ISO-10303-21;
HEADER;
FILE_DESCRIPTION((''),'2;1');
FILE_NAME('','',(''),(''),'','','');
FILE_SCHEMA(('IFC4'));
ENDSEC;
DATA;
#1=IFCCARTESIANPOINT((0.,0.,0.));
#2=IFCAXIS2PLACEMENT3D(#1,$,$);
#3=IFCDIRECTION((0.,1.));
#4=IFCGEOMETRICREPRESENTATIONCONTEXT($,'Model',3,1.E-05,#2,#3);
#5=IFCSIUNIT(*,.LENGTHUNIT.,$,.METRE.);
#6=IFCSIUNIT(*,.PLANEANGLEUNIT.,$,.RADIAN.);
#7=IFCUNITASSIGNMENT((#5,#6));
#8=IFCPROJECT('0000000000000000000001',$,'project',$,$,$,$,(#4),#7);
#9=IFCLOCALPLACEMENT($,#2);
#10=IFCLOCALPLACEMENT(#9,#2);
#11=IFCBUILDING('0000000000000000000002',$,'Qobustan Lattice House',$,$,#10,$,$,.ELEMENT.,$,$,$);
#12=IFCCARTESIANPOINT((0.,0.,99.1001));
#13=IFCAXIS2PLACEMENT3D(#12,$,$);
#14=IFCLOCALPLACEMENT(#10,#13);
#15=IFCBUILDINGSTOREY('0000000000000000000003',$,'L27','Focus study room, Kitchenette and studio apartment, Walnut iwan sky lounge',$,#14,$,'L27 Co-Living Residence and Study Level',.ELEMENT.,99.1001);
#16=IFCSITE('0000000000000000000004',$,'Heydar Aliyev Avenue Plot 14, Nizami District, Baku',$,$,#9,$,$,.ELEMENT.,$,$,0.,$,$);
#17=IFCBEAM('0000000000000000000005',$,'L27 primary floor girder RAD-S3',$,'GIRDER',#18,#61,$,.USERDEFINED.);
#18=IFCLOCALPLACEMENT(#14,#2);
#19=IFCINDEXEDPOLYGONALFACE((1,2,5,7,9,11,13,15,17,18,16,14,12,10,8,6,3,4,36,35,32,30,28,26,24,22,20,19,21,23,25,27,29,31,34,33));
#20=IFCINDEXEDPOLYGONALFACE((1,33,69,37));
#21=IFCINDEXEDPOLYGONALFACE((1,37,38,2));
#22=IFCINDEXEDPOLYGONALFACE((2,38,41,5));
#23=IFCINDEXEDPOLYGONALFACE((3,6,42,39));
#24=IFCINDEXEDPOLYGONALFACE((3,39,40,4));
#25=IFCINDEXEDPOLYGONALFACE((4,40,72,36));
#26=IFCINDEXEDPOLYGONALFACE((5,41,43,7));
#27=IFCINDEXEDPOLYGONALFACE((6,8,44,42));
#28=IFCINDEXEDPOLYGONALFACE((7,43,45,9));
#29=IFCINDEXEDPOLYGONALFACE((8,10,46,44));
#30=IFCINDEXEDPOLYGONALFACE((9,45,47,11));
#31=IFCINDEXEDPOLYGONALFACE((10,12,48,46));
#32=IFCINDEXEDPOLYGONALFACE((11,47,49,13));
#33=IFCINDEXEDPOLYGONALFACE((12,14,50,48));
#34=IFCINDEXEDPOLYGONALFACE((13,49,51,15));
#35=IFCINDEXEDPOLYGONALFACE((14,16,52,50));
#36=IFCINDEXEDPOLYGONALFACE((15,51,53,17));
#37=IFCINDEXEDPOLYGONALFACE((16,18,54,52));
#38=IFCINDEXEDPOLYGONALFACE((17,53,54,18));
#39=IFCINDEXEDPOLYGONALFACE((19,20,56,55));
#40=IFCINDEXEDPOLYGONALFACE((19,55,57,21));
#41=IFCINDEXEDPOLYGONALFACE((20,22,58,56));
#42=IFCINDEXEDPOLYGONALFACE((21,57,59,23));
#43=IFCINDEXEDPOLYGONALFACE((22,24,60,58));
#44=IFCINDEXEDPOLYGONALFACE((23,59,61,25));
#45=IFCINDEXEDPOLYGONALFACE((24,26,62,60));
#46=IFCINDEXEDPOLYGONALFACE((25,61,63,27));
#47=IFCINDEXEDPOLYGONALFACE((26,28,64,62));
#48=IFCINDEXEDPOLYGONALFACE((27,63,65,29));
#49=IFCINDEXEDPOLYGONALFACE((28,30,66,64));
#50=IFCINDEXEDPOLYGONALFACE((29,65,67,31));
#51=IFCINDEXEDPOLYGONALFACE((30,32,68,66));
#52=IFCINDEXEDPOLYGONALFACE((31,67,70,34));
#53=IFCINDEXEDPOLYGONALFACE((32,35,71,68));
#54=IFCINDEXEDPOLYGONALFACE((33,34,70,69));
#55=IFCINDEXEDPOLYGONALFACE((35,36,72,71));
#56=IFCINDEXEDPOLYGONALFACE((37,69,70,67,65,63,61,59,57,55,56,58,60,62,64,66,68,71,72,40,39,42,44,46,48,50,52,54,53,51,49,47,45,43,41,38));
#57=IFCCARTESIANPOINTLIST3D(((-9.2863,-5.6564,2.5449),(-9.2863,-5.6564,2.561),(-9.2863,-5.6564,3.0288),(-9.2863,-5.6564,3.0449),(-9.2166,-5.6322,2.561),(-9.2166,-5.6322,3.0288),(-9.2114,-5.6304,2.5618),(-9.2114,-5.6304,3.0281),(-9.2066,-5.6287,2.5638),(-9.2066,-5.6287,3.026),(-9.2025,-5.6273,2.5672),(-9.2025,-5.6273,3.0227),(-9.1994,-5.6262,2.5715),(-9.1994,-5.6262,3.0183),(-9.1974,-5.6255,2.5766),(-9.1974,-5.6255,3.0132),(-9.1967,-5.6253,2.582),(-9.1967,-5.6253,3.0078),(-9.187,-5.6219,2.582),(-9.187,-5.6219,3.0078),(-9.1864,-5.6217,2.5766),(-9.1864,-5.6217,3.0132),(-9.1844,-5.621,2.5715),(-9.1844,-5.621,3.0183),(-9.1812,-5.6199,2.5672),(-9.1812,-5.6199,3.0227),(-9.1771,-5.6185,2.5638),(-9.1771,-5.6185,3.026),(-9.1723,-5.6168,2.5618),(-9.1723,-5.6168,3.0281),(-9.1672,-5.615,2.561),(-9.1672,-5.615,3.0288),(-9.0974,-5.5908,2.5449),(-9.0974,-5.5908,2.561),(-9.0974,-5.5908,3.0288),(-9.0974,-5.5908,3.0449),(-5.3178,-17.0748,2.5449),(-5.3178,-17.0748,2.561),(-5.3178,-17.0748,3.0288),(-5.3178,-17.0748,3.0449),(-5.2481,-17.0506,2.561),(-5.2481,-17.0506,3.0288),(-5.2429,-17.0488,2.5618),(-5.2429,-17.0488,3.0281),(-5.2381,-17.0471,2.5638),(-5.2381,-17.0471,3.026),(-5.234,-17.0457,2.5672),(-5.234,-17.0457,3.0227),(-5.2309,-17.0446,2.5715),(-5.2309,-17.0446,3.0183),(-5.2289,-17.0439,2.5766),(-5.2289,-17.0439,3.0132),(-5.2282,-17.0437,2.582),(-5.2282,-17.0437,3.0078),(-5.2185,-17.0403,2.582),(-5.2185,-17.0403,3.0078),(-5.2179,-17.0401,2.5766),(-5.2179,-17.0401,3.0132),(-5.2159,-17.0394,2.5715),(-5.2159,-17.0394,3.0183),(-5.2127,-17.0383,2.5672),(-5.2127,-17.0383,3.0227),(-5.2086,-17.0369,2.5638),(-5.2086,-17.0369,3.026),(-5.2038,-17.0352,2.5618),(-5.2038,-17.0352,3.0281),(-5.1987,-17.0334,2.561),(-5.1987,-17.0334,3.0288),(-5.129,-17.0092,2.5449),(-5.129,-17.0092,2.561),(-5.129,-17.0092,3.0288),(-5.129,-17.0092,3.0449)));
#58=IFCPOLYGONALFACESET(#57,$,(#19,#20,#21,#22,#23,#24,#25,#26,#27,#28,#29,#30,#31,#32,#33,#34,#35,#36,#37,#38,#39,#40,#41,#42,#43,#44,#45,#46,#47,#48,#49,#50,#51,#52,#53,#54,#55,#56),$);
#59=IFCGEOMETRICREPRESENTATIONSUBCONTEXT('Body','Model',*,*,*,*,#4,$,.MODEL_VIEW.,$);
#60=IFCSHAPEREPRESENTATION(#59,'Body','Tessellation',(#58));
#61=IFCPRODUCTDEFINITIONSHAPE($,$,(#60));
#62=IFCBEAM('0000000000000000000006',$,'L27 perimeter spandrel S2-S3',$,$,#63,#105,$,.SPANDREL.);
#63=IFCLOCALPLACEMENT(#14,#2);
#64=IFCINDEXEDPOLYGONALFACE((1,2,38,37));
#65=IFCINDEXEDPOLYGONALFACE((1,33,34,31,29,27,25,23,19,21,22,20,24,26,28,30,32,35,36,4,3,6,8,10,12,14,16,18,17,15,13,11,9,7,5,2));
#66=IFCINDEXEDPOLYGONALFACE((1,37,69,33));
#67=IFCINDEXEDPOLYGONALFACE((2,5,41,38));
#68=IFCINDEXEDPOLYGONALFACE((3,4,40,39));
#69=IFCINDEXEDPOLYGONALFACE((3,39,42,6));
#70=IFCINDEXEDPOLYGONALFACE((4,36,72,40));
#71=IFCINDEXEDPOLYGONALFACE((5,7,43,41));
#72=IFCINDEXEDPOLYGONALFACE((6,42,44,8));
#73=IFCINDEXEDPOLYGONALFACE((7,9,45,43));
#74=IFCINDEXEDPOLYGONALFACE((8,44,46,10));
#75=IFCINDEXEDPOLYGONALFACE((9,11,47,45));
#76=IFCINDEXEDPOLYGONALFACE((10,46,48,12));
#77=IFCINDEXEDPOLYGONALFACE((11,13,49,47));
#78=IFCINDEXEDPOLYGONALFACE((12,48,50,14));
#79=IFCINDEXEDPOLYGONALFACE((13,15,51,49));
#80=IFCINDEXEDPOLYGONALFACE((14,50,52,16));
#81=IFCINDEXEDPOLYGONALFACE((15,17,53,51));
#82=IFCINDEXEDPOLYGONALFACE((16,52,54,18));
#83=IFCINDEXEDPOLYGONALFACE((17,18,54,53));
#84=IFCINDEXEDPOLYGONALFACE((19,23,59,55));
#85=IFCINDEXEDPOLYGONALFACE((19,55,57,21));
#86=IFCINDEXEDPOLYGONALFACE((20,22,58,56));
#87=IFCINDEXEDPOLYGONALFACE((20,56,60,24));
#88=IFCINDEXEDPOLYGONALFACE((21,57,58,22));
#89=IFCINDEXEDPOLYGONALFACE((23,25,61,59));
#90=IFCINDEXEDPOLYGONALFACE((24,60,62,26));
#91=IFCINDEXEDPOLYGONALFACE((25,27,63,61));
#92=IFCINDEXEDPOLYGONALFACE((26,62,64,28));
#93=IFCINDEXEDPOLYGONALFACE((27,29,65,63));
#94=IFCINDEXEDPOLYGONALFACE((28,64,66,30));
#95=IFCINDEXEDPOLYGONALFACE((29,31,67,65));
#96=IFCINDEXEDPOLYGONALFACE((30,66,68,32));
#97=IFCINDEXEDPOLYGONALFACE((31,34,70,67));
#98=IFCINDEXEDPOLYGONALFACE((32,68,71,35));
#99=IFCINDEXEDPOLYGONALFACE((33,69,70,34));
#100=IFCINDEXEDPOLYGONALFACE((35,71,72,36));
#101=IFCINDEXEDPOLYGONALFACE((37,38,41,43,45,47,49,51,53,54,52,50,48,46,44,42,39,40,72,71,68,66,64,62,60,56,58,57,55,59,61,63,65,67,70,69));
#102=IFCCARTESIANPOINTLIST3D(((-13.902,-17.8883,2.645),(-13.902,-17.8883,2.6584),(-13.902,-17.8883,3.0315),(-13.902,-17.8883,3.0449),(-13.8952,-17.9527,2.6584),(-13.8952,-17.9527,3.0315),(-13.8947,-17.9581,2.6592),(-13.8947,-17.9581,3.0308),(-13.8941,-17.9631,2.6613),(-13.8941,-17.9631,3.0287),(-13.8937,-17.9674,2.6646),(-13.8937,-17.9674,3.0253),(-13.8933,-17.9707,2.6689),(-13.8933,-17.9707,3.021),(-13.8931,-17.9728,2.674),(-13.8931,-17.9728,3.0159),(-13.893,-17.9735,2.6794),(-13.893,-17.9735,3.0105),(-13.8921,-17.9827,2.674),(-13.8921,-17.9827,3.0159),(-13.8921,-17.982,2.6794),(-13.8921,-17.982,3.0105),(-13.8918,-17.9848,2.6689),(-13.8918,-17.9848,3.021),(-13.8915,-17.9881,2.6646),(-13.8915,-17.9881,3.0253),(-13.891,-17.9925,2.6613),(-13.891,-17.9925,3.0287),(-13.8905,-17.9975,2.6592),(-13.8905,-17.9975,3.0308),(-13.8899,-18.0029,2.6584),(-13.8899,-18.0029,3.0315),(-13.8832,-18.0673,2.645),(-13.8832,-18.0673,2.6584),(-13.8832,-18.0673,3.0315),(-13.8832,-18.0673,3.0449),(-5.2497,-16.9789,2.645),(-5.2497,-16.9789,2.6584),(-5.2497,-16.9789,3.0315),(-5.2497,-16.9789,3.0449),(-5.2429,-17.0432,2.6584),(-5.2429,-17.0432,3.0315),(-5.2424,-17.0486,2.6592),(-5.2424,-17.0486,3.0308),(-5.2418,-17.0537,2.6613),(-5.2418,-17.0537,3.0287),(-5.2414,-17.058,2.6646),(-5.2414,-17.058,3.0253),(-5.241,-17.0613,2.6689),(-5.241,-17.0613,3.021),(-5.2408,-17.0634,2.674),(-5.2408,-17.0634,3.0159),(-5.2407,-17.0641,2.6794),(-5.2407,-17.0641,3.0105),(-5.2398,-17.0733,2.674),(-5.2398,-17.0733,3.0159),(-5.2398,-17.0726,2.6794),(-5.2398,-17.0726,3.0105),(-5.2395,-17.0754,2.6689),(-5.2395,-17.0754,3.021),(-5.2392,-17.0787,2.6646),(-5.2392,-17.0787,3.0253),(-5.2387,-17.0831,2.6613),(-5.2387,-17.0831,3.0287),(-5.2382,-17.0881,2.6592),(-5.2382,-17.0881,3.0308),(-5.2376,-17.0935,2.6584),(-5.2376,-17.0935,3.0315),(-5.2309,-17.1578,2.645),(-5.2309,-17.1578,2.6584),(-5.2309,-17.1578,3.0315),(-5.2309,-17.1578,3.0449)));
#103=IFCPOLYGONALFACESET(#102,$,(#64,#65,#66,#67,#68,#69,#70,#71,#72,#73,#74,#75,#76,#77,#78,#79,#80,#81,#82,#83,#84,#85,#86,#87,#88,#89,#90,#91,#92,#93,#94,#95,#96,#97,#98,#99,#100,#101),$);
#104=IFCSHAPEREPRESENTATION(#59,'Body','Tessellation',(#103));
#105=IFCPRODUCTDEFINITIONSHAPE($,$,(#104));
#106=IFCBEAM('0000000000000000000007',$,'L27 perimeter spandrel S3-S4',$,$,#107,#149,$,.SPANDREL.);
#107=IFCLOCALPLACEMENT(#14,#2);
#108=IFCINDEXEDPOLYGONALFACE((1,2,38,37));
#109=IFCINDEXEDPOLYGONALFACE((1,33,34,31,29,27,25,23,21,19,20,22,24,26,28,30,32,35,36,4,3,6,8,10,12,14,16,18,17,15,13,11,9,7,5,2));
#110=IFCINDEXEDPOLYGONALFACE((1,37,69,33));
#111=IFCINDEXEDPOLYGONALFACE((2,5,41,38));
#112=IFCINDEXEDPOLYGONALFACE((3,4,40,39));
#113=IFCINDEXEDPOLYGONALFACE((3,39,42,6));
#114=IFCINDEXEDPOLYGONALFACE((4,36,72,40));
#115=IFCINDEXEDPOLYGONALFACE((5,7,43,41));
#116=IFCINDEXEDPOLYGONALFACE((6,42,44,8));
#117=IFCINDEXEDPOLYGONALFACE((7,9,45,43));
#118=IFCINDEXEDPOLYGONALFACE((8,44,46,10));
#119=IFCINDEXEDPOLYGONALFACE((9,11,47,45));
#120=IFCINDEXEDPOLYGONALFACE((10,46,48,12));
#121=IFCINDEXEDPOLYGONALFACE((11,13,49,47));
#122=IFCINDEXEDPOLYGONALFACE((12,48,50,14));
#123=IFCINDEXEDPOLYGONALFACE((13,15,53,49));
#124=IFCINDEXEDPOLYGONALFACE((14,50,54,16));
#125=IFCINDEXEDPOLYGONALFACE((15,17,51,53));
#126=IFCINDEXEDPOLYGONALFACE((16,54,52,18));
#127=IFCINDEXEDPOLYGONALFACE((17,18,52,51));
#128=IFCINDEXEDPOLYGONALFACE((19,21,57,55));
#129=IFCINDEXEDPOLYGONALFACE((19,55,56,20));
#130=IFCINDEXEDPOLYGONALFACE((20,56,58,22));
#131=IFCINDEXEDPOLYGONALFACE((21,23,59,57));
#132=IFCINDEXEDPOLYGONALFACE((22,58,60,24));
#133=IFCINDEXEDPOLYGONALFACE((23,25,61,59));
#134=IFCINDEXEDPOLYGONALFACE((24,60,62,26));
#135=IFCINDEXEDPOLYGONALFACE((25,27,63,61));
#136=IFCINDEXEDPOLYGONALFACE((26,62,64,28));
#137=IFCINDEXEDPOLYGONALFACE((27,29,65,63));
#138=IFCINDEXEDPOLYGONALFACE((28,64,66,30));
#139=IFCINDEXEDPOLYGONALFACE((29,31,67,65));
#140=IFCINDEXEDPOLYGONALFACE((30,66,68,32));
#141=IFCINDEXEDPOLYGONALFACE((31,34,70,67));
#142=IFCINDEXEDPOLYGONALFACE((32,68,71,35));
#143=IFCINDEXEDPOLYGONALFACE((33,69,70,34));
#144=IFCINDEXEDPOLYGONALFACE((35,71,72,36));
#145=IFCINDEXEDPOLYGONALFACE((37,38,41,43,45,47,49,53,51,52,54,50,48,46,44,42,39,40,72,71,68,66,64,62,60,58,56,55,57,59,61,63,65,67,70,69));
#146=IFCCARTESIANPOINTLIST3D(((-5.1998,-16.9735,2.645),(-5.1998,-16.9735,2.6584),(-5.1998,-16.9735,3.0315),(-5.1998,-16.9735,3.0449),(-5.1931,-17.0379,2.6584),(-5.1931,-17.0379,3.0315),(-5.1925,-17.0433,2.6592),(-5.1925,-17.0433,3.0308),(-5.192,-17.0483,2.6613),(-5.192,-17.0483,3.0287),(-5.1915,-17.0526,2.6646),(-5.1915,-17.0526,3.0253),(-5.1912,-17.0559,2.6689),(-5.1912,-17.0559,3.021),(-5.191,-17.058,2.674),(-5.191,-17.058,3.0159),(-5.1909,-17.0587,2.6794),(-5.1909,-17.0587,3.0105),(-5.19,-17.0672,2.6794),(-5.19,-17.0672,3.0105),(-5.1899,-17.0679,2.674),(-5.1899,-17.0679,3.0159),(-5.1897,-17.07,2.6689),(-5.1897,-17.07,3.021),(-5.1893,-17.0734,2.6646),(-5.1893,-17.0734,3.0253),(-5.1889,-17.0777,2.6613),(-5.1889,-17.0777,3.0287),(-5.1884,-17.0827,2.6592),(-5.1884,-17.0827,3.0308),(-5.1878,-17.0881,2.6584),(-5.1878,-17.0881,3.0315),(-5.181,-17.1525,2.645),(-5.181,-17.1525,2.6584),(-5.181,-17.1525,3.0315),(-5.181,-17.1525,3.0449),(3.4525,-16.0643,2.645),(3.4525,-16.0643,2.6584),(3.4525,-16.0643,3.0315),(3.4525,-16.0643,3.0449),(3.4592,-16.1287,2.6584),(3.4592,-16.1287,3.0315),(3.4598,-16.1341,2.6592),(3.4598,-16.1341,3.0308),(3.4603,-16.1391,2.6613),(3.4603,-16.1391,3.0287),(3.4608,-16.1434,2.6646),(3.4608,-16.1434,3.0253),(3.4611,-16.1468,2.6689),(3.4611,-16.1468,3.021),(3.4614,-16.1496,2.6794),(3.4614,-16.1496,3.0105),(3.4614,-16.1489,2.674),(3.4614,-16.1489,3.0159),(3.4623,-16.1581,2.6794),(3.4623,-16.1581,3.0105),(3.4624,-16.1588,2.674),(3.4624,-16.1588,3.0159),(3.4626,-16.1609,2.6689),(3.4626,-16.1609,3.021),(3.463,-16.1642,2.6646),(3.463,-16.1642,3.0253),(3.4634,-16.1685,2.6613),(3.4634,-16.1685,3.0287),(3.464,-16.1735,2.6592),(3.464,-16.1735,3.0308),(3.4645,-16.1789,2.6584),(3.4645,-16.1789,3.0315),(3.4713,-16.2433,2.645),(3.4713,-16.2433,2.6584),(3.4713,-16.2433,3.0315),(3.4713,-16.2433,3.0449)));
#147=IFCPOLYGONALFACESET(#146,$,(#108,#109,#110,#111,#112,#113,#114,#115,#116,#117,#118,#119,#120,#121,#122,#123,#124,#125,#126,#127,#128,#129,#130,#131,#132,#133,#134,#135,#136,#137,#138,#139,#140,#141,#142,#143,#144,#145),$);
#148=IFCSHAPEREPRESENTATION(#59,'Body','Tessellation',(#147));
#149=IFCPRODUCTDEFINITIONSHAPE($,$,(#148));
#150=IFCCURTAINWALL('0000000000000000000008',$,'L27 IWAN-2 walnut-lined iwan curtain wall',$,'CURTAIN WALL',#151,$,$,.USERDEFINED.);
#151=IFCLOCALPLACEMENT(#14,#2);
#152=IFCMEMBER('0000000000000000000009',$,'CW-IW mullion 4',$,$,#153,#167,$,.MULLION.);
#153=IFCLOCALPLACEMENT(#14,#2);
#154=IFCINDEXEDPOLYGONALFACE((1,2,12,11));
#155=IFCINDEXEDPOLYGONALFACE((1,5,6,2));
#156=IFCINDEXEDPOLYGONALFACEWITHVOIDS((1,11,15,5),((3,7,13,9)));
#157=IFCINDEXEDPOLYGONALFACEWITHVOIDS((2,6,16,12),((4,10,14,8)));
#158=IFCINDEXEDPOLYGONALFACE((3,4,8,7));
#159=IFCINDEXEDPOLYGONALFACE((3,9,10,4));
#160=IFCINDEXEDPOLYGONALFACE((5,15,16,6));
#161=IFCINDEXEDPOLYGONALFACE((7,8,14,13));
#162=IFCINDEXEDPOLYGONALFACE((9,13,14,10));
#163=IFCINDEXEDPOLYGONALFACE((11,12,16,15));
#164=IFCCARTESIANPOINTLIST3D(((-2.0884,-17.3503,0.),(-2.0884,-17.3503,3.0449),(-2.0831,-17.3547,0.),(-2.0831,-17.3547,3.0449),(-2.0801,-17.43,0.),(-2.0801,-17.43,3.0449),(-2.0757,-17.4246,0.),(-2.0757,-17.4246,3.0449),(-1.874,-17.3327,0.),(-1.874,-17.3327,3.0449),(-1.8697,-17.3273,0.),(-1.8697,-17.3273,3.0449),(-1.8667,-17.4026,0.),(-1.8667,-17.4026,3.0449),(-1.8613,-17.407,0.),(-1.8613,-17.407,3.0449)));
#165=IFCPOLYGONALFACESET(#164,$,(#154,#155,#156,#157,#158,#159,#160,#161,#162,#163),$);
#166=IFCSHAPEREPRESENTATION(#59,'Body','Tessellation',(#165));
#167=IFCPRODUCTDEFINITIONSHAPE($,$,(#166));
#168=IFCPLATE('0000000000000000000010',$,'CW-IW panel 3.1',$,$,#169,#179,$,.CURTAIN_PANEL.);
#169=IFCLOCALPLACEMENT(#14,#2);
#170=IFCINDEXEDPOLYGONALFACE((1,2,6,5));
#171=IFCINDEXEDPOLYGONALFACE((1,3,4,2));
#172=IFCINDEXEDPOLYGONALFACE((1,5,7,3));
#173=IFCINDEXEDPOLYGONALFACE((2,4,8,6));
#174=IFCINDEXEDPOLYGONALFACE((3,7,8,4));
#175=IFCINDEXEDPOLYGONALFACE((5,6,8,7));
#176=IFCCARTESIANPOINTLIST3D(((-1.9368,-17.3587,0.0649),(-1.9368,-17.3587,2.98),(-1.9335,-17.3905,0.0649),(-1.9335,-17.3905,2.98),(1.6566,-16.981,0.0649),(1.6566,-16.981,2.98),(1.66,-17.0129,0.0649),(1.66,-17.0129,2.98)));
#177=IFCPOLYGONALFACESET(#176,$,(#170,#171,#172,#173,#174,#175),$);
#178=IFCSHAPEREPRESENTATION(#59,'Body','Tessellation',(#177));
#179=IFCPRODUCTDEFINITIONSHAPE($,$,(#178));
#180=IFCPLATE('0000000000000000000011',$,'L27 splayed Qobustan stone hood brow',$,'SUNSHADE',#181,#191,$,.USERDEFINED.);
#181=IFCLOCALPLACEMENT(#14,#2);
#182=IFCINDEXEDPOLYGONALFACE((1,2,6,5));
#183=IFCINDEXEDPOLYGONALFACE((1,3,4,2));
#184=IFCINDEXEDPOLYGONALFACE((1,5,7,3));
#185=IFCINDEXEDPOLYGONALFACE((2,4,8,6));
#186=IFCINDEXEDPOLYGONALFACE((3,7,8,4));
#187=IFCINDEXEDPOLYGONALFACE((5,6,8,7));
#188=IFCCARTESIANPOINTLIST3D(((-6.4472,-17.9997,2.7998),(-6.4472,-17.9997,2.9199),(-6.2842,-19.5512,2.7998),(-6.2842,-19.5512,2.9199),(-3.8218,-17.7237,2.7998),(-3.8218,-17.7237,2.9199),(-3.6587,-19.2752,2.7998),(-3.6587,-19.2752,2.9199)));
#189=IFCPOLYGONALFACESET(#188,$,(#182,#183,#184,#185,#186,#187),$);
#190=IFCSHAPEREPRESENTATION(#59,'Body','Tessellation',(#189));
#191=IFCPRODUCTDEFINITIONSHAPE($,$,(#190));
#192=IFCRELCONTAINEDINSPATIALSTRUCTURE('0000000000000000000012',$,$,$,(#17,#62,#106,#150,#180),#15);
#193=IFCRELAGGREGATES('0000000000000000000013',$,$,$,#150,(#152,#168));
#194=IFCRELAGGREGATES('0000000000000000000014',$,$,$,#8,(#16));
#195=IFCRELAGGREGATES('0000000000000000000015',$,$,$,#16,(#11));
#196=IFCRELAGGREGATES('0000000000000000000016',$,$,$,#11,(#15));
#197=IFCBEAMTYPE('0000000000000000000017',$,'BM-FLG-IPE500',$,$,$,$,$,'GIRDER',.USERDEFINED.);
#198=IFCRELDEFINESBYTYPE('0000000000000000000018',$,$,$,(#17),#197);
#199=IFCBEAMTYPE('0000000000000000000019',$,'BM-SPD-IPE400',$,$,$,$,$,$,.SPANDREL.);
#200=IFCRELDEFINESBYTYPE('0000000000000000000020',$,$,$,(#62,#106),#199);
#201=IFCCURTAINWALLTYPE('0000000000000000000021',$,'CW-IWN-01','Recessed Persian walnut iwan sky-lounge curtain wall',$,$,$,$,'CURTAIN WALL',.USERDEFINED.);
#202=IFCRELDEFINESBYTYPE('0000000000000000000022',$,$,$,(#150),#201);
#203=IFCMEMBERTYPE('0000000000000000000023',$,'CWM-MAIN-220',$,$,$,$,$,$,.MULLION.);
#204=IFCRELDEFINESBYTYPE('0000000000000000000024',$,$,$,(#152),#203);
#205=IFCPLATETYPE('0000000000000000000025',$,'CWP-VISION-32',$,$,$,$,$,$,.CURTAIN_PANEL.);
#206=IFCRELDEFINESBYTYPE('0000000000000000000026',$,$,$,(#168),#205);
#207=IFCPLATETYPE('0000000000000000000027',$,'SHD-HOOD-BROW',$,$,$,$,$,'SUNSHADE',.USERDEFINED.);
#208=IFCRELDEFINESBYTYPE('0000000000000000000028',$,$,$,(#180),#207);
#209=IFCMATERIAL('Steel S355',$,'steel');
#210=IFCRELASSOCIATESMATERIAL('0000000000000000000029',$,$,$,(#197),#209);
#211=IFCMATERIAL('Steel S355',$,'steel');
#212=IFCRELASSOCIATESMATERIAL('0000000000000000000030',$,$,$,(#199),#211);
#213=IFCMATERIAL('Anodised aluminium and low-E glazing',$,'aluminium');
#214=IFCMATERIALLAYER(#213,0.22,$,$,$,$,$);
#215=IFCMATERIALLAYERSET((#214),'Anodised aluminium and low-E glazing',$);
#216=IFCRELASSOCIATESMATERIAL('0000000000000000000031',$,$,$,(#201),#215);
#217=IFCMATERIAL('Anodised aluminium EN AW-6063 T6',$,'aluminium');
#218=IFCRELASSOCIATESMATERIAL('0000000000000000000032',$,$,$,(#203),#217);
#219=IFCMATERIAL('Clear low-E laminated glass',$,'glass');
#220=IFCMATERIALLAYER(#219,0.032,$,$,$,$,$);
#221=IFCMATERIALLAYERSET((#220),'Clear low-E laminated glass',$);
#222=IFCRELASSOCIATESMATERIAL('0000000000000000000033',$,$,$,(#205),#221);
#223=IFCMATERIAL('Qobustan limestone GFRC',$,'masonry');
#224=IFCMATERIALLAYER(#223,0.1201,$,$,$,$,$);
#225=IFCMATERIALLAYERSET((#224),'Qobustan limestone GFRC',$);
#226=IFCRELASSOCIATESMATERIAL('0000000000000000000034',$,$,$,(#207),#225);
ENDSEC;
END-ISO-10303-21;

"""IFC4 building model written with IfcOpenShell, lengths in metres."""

from ifc_helpers import new_model, si_unit, direction, frame, origin, origin_2d, place, context, subcontext, project, spatial, rectangle, hollow_rectangle, i_section, extrude, material, layer, layer_set, material_profile, profile_set, type_object, element, aggregate, save


model = new_model("IFC4")

# Units and contexts
model_context = context("Model", 3, precision=1e-05, world=origin(), true_north=direction((0.0, 1.0)))
body_context = subcontext(model_context, "Body", "Model", "MODEL_VIEW")
ifc_project = project(units=[si_unit("LENGTHUNIT", "METRE"), si_unit("PLANEANGLEUNIT", "RADIAN")], contexts=[model_context])

# Site, building, storey
site_placement = place(None, origin())
site = spatial("IfcSite", under=ifc_project, at=site_placement, Name="Heydar Aliyev Avenue Plot 14, Nizami District, Baku", CompositionType="ELEMENT", RefElevation=0.0)
building_placement = place(site_placement, origin())
building = spatial("IfcBuilding", under=site, at=building_placement, Name="Qobustan Lattice House", CompositionType="ELEMENT")
storey_placement = place(building_placement, frame((0.0, 0.0, 99.1001)))
storey = spatial("IfcBuildingStorey", under=building, at=storey_placement, Name="L27", Description="Focus study room, Kitchenette and studio apartment, Walnut iwan sky lounge", LongName="L27 Co-Living Residence and Study Level", CompositionType="ELEMENT", Elevation=99.1001)

# Beams
ifc_material_1 = material(Name="Steel S355", Category="steel")
ifc_material_profile_1 = material_profile(ifc_material_1, i_section(OverallWidth=0.2, OverallDepth=0.5, WebThickness=0.0103, FlangeThickness=0.0161, FilletRadius=0.021, at=origin_2d()), Name="IPE500")
ifc_profile_set_1 = profile_set([ifc_material_profile_1], Name="Steel S355")
beam_type_1 = type_object("IfcBeamType", Name="BM-FLG-IPE500", ElementType="GIRDER", PredefinedType="USERDEFINED", material=ifc_profile_set_1)
beam_1_placement = place(storey_placement, frame((-5.2234, -17.042, 2.7949), z_axis=(-0.32829, 0.944577, 0.0), x_axis=(-0.944577, -0.32829, 0.0)))
element("IfcBeam", 1, at=beam_1_placement, inside=storey, type_object=beam_type_1, Name="L27 primary floor girder RAD-S3", ObjectType="GIRDER", PredefinedType="USERDEFINED", context=body_context, shape_type="SweptSolid", body=[
    extrude(i_section(OverallWidth=0.2, OverallDepth=0.5, WebThickness=0.0103, FlangeThickness=0.0161, FilletRadius=0.021, at=origin_2d()), origin(), (0.0, 0.0, 1.0), 12.0884),
])
ifc_material_2 = material(Name="Steel S355", Category="steel")
ifc_material_profile_2 = material_profile(ifc_material_2, i_section(OverallWidth=0.1799, OverallDepth=0.3999, WebThickness=0.0085, FlangeThickness=0.0134, FilletRadius=0.021, at=origin_2d()), Name="IPE400")
ifc_profile_set_2 = profile_set([ifc_material_profile_2], Name="Steel S355")
beam_type_2 = type_object("IfcBeamType", Name="BM-SPD-IPE400", PredefinedType="SPANDREL", material=ifc_profile_set_2)
for number, where, z_axis, x_axis, name in (
    (2, (-13.8926, -17.9778, 2.845), (0.994522, 0.104531, 0.0), (-0.104531, 0.994522, 0.0), "L27 perimeter spandrel S2-S3"),
    (3, (-5.1904, -17.063, 2.845), (0.994525, 0.104504, 0.0), (-0.104504, 0.994525, 0.0), "L27 perimeter spandrel S3-S4"),
):
    element("IfcBeam", number, at=place(storey_placement, frame(where, z_axis=z_axis, x_axis=x_axis)), inside=storey, type_object=beam_type_2, Name=name, PredefinedType="SPANDREL", context=body_context, shape_type="SweptSolid", body=[
        extrude(i_section(OverallWidth=0.1799, OverallDepth=0.3999, WebThickness=0.0085, FlangeThickness=0.0134, FilletRadius=0.021, at=origin_2d()), origin(), (0.0, 0.0, 1.0), 8.7),
    ])

# Curtain wall, member, plate
ifc_material_3 = material(Name="Anodised aluminium and low-E glazing", Category="aluminium")
ifc_layer_1 = layer(ifc_material_3, 0.22)
ifc_layer_set_1 = layer_set([ifc_layer_1], Name="Anodised aluminium and low-E glazing")
curtain_wall_type = type_object("IfcCurtainWallType", Name="CW-IWN-01", Description="Recessed Persian walnut iwan sky-lounge curtain wall", ElementType="CURTAIN WALL", PredefinedType="USERDEFINED", material=ifc_layer_set_1)
curtain_wall_placement = place(storey_placement, origin())
curtain_wall = element("IfcCurtainWall", 4, at=curtain_wall_placement, inside=storey, type_object=curtain_wall_type, Name="L27 IWAN-2 walnut-lined iwan curtain wall", ObjectType="CURTAIN WALL", PredefinedType="USERDEFINED")
ifc_material_4 = material(Name="Anodised aluminium EN AW-6063 T6", Category="aluminium")
ifc_material_profile_3 = material_profile(ifc_material_4, hollow_rectangle(XDim=0.0801, YDim=0.22, WallThickness=0.0049, at=origin_2d()), Name="CWM-220x80")
ifc_profile_set_3 = profile_set([ifc_material_profile_3], Name="Anodised aluminium EN AW-6063 T6")
member_type = type_object("IfcMemberType", Name="CWM-MAIN-220", PredefinedType="MULLION", material=ifc_profile_set_3)
member_placement = place(storey_placement, frame((-1.9749, -17.3787, 0.0), z_axis=(0.0, 0.0, 1.0), x_axis=(0.104526, -0.994522, 0.0)))
member = element("IfcMember", 5, at=member_placement, type_object=member_type, Name="CW-IW mullion 4", PredefinedType="MULLION", context=body_context, shape_type="SweptSolid", body=[
    extrude(hollow_rectangle(XDim=0.0801, YDim=0.22, WallThickness=0.0049, at=origin_2d()), origin(), (0.0, 0.0, 1.0), 3.0449),
])
ifc_material_5 = material(Name="Clear low-E laminated glass", Category="glass")
ifc_layer_2 = layer(ifc_material_5, 0.032)
ifc_layer_set_2 = layer_set([ifc_layer_2], Name="Clear low-E laminated glass")
plate_type_1 = type_object("IfcPlateType", Name="CWP-VISION-32", PredefinedType="CURTAIN_PANEL", material=ifc_layer_set_2)
plate_1_placement = place(storey_placement, frame((-0.1384, -17.1858, 0.0649), z_axis=(0.0, 0.0, 1.0), x_axis=(-0.994522, -0.104526, 0.0)))
plate_1 = element("IfcPlate", 6, at=plate_1_placement, type_object=plate_type_1, Name="CW-IW panel 3.1", PredefinedType="CURTAIN_PANEL", context=body_context, shape_type="SweptSolid", body=[
    extrude(rectangle(XDim=3.6133, YDim=0.032, at=origin_2d()), origin(), (0.0, 0.0, 1.0), 2.915),
])
aggregate(curtain_wall, [member, plate_1])

# Plate
ifc_material_6 = material(Name="Qobustan limestone GFRC", Category="masonry")
ifc_layer_3 = layer(ifc_material_6, 0.1201)
ifc_layer_set_3 = layer_set([ifc_layer_3], Name="Qobustan limestone GFRC")
plate_type_2 = type_object("IfcPlateType", Name="SHD-HOOD-BROW", ElementType="SUNSHADE", PredefinedType="USERDEFINED", material=ifc_layer_set_3)
plate_2_placement = place(storey_placement, frame((-5.053, -18.6375, 2.7998), z_axis=(0.0, 0.0, 1.0), x_axis=(-0.994522, -0.104528, 0.0)))
element("IfcPlate", 7, at=plate_2_placement, inside=storey, type_object=plate_type_2, Name="L27 splayed Qobustan stone hood brow", ObjectType="SUNSHADE", PredefinedType="USERDEFINED", context=body_context, shape_type="SweptSolid", body=[
    extrude(rectangle(XDim=2.6399, YDim=1.5601, at=origin_2d()), origin(), (0.0, 0.0, 1.0), 0.1201),
])

save(model, "model.ifc")
